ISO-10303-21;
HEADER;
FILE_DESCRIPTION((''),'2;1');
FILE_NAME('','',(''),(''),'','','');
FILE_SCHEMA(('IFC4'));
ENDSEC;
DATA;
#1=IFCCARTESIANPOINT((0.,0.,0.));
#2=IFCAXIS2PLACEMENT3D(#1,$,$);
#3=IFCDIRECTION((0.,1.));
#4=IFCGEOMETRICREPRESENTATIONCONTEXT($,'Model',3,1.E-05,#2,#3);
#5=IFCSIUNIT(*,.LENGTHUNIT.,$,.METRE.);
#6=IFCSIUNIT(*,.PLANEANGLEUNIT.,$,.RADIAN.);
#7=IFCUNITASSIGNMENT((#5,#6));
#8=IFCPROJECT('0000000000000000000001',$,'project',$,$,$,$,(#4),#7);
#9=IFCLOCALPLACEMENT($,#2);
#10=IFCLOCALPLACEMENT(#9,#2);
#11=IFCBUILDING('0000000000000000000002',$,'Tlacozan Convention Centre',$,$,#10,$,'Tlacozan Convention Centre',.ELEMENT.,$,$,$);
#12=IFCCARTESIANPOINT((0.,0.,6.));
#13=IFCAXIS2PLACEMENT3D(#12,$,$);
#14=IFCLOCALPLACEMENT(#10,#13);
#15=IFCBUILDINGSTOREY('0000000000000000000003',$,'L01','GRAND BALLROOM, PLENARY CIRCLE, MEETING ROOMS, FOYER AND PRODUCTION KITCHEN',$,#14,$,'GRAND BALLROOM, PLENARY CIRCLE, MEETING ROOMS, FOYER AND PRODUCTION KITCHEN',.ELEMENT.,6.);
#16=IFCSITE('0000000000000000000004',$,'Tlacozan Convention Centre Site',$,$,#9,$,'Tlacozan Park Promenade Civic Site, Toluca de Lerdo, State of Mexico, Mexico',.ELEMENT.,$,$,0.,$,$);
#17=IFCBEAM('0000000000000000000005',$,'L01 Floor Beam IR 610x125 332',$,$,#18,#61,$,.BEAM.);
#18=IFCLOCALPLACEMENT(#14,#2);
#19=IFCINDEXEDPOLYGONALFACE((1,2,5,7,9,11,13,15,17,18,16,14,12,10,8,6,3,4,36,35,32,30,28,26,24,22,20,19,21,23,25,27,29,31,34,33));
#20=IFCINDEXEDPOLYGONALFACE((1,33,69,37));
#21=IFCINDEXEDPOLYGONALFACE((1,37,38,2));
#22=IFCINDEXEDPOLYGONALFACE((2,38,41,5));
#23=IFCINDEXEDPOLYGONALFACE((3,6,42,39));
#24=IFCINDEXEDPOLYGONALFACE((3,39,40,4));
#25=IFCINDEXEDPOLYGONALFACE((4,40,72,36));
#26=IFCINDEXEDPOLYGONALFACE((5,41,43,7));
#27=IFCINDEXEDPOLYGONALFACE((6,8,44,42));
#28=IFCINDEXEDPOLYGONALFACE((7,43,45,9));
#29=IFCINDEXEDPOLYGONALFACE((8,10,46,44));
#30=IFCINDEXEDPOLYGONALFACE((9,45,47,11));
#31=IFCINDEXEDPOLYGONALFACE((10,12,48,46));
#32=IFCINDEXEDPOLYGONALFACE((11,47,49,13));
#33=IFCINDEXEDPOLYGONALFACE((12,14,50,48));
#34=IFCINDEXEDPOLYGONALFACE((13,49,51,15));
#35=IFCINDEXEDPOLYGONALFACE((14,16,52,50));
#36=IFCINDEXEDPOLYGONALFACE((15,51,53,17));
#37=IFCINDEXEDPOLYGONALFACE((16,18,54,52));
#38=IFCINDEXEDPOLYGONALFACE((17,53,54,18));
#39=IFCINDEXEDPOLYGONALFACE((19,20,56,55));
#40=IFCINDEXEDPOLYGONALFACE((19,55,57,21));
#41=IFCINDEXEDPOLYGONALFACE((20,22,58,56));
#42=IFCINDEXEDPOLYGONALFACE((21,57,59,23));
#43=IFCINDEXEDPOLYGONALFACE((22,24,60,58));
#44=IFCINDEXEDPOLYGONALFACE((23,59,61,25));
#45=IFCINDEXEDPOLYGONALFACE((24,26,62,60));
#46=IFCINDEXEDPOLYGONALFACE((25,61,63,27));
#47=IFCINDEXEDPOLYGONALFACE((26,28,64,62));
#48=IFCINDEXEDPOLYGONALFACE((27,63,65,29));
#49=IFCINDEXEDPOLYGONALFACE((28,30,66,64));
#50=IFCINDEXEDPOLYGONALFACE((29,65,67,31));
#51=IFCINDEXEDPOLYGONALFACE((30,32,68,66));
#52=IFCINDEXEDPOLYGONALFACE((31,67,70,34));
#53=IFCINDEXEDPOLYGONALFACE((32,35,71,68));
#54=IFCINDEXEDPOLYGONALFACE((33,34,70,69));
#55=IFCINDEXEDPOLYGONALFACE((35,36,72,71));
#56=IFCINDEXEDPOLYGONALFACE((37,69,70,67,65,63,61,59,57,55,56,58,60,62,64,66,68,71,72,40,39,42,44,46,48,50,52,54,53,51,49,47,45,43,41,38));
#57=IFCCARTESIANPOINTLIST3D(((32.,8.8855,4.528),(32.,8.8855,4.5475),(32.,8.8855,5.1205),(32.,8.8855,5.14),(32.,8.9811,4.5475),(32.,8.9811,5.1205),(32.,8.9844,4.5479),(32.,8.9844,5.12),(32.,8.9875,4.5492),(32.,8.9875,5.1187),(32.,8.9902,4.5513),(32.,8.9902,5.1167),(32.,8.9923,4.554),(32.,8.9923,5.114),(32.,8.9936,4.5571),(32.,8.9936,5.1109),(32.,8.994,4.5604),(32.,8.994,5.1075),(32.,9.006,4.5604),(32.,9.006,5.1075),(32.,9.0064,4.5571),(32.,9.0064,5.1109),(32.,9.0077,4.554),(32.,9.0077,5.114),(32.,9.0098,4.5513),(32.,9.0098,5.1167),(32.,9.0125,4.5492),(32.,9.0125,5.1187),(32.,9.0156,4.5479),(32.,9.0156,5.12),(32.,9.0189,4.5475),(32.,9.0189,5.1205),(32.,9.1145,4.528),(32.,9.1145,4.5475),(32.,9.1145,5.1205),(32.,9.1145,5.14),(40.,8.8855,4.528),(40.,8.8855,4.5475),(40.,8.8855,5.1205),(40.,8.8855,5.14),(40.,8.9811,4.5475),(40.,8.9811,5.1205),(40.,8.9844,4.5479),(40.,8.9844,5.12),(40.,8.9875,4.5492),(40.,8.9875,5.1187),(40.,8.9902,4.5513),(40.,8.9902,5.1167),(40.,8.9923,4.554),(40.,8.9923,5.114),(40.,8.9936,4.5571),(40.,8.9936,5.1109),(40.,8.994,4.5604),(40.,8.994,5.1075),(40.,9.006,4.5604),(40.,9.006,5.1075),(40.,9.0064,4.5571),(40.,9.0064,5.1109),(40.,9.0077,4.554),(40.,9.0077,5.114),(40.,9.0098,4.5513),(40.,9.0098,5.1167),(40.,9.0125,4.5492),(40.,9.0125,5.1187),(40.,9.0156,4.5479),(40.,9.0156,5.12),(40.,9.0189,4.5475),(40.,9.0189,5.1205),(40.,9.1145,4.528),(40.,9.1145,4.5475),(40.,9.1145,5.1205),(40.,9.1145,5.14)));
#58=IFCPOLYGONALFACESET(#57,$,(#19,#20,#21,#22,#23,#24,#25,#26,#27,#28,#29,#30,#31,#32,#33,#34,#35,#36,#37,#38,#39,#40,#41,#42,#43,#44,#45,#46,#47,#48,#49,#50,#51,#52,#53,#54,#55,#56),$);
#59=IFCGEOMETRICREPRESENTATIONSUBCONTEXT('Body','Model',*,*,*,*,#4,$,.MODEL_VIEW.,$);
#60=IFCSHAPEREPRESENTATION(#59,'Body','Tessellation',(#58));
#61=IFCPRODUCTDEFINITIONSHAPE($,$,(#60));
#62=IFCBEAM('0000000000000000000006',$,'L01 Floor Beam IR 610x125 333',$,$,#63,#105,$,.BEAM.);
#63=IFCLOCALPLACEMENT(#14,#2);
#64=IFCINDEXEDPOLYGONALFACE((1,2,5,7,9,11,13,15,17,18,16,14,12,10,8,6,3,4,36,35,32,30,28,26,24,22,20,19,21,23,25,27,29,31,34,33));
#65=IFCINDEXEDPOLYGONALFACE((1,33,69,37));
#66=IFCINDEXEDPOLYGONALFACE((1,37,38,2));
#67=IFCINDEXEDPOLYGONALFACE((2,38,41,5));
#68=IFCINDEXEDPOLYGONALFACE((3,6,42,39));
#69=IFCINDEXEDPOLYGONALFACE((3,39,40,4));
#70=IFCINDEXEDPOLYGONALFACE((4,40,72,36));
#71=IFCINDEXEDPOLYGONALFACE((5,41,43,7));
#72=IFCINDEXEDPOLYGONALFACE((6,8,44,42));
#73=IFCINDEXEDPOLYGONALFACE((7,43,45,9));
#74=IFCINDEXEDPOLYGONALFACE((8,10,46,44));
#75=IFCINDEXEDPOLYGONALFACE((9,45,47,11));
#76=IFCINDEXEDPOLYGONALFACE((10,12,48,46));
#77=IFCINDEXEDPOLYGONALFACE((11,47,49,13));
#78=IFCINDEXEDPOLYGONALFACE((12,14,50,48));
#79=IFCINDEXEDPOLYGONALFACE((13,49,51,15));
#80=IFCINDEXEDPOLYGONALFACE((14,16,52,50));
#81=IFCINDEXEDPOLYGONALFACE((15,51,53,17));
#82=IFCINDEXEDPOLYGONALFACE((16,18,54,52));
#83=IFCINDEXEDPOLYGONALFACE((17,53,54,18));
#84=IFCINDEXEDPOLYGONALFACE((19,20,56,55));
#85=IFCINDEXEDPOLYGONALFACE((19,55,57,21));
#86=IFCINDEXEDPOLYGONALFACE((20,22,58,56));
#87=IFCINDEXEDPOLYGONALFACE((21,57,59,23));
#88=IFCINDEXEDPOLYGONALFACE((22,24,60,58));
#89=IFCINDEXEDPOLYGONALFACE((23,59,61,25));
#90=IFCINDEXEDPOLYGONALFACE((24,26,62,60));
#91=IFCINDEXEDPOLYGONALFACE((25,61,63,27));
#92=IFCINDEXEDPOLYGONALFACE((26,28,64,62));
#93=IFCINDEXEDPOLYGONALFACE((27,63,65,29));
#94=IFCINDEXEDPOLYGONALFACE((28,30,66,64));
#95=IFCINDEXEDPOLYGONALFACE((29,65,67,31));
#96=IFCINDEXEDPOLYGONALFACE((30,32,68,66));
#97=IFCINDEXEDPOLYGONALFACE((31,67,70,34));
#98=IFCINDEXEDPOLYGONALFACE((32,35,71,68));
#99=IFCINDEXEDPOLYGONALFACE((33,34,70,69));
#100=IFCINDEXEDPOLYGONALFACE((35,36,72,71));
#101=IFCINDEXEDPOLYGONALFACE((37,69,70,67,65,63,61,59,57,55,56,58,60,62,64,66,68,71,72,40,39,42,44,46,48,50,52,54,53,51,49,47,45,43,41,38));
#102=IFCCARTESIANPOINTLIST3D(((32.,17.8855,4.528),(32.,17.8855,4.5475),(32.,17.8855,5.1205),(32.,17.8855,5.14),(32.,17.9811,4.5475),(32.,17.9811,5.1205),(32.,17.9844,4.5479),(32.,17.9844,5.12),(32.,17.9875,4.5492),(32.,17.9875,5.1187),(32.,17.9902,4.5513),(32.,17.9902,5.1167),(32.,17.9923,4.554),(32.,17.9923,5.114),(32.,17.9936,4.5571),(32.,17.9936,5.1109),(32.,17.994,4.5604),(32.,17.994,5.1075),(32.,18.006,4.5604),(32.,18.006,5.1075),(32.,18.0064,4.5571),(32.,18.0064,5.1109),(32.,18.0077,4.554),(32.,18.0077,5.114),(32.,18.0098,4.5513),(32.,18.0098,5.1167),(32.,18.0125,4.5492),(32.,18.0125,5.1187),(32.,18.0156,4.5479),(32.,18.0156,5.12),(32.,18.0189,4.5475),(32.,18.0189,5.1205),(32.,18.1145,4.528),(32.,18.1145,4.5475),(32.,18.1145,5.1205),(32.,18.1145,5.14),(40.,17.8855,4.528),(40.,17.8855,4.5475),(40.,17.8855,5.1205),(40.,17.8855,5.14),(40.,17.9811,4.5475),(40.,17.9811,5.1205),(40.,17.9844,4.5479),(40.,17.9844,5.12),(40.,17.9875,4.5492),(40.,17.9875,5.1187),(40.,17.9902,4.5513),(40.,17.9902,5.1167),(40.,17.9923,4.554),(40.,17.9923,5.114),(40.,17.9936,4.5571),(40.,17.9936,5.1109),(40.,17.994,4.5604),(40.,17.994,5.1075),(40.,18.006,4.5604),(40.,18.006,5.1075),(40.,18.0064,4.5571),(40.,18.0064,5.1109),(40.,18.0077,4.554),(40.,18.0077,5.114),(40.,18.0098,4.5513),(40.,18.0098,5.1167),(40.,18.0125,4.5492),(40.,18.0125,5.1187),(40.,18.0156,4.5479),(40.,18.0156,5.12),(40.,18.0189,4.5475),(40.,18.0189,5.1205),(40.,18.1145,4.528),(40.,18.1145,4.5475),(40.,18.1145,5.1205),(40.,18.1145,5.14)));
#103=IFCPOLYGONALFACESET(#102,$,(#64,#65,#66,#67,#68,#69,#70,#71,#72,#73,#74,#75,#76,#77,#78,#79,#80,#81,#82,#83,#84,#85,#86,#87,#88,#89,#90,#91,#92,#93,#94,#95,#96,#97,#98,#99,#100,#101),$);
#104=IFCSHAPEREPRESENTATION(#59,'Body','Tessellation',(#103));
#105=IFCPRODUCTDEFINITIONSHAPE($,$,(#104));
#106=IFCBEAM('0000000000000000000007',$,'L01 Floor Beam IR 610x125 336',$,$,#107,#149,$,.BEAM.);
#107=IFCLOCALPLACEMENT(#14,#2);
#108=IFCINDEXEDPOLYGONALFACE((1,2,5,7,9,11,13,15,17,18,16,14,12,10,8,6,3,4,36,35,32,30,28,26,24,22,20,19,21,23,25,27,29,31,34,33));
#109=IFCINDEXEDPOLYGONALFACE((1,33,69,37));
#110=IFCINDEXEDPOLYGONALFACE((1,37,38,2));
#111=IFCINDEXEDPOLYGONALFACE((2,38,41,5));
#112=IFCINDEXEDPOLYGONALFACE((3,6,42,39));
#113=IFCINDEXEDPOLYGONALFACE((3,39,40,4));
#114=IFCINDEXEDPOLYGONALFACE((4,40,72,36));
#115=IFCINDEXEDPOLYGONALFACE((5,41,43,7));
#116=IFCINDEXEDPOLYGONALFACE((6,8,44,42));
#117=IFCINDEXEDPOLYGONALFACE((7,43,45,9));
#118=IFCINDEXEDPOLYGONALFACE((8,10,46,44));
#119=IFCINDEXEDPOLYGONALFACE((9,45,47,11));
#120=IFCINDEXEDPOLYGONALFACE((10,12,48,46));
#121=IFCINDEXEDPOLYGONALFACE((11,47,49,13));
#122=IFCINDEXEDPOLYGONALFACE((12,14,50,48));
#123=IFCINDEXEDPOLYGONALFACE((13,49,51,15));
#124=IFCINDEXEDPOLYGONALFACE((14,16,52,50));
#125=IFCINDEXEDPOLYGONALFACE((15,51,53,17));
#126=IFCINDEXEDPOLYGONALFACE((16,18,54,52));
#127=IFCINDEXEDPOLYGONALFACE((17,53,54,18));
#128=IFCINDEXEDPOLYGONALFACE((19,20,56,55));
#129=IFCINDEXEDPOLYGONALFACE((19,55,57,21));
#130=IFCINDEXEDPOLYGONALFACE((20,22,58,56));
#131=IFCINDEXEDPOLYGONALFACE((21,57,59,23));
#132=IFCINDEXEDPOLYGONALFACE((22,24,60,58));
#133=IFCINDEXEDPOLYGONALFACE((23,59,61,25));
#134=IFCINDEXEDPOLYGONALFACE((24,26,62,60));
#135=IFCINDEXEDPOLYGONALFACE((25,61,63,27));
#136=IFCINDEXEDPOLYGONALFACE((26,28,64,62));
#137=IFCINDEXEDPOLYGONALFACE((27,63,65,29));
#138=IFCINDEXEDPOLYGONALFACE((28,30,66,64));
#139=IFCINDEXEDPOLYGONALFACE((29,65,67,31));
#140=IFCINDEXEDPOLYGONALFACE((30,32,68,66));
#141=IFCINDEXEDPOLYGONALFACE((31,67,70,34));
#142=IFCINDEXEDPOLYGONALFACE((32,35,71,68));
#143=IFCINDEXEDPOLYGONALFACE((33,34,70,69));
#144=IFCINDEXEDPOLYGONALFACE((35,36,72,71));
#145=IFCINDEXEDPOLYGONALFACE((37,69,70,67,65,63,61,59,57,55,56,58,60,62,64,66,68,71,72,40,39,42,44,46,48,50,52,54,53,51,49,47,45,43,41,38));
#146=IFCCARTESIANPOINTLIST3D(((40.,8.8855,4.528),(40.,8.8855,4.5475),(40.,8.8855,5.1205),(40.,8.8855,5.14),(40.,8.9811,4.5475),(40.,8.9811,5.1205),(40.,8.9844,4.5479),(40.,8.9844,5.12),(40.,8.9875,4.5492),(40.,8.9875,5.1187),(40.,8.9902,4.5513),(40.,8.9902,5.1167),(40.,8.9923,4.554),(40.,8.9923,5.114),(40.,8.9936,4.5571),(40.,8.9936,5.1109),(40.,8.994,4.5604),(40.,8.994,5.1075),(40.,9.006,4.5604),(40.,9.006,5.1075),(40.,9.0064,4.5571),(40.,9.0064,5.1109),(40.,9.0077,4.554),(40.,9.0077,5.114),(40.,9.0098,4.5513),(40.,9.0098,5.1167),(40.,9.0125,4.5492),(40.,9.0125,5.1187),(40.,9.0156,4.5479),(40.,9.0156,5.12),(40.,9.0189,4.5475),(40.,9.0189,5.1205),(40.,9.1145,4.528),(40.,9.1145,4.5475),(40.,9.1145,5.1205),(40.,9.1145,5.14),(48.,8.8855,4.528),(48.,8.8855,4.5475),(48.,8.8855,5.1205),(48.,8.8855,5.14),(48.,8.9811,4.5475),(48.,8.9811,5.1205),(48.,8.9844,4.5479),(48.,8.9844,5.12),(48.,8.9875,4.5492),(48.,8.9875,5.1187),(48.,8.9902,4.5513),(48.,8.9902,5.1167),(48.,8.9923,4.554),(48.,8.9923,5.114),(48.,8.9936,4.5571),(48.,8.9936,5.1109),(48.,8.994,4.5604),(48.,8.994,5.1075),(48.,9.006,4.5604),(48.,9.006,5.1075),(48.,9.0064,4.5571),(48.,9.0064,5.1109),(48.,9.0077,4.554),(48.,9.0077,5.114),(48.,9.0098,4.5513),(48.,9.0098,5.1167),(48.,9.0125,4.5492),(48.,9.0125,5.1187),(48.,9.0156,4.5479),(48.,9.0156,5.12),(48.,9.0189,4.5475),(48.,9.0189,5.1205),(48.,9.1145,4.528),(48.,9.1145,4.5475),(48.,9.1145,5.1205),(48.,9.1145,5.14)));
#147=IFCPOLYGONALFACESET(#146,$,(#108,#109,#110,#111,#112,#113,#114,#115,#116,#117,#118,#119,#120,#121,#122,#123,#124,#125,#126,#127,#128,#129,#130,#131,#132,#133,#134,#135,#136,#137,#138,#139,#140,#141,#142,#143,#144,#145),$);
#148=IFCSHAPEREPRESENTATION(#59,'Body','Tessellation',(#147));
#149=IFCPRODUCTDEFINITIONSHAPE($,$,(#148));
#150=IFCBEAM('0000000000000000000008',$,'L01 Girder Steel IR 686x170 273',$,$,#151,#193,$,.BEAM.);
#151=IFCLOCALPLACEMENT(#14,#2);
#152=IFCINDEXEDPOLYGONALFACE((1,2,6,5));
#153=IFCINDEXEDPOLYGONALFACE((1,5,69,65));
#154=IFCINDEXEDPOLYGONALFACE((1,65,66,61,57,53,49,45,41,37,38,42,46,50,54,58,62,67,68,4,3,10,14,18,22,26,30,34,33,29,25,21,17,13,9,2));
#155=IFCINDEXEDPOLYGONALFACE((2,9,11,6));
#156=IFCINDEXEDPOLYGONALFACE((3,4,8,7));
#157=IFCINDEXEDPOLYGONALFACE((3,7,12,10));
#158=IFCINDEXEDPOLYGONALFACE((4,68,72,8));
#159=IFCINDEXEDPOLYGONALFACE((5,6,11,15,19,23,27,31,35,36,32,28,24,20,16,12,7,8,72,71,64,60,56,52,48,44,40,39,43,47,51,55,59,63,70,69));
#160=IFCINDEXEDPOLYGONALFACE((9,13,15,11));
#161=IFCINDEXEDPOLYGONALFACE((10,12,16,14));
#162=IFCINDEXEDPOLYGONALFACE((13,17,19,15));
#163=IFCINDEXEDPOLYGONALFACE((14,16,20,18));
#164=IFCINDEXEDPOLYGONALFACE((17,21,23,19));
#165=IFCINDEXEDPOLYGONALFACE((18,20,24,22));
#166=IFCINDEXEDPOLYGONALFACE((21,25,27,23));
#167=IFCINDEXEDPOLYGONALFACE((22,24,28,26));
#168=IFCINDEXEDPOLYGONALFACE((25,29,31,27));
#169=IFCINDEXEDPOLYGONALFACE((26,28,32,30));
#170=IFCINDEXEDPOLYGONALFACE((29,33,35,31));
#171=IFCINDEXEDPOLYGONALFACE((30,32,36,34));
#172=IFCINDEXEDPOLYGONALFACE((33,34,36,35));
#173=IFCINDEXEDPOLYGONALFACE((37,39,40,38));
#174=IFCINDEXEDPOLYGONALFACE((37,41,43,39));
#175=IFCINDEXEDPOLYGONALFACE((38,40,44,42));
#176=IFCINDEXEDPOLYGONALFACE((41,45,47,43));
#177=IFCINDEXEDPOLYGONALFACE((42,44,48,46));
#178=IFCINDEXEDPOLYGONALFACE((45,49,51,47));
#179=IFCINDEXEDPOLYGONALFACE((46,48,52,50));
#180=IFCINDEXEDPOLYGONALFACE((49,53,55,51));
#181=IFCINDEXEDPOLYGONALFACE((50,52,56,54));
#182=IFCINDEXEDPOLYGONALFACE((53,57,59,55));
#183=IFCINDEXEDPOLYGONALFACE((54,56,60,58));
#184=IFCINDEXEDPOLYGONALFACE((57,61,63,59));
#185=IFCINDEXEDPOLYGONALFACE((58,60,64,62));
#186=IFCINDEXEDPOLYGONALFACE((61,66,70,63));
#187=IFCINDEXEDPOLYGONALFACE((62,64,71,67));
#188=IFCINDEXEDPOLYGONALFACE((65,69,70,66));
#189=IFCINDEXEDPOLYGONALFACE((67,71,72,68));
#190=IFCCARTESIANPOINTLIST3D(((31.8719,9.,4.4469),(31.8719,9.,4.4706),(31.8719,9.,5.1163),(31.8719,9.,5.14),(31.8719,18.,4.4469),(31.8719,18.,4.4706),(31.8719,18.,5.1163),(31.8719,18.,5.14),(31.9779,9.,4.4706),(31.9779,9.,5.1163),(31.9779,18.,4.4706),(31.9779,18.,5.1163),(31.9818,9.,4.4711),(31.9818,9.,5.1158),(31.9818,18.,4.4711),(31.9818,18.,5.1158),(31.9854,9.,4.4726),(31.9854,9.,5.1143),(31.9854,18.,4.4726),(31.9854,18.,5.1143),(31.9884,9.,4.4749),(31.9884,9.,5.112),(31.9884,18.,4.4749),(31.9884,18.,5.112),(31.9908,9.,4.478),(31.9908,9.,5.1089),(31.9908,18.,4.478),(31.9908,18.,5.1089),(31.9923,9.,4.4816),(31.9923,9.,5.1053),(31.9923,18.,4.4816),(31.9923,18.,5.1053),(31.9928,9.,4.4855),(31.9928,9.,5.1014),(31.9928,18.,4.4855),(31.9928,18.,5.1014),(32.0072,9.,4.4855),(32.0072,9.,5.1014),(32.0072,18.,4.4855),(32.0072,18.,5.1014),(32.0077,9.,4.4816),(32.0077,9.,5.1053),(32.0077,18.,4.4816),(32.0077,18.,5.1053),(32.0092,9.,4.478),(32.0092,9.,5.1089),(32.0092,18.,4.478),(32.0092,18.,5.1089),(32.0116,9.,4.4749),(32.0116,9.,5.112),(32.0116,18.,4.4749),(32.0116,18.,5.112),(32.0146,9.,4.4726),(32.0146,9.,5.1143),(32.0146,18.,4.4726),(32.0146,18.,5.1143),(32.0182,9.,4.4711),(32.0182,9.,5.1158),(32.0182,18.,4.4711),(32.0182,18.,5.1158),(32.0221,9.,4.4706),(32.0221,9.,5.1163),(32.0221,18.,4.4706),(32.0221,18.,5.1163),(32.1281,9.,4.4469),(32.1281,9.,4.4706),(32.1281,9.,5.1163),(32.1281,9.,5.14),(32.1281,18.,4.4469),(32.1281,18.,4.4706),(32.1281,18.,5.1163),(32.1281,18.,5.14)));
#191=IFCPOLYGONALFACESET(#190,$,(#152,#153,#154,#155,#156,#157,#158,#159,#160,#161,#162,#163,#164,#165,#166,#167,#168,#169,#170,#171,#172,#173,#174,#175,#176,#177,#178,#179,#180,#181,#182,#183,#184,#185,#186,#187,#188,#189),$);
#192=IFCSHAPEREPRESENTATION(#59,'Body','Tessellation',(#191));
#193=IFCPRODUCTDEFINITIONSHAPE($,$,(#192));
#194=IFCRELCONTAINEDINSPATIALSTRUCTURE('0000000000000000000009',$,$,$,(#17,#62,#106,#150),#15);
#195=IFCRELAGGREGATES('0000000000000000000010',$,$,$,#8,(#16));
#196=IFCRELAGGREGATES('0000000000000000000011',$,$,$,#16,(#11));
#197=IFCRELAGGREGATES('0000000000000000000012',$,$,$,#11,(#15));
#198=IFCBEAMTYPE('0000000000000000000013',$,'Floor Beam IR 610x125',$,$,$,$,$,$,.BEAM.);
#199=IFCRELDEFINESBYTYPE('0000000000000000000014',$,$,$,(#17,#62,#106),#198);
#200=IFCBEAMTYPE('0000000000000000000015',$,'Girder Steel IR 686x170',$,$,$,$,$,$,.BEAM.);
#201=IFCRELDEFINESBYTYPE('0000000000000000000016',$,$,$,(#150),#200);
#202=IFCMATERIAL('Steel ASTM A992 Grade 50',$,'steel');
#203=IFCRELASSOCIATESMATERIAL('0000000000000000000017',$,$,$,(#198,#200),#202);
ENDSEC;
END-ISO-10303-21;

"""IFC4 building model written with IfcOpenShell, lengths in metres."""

from ifc_helpers import new_model, si_unit, direction, frame, origin, origin_2d, place, context, subcontext, project, spatial, i_section, extrude, material, material_profile, profile_set, type_object, element, save


model = new_model("IFC4")

# Units and contexts
model_context = context("Model", 3, precision=1e-05, world=origin(), true_north=direction((0.0, 1.0)))
body_context = subcontext(model_context, "Body", "Model", "MODEL_VIEW")
ifc_project = project(units=[si_unit("LENGTHUNIT", "METRE"), si_unit("PLANEANGLEUNIT", "RADIAN")], contexts=[model_context])

# Site, building, storey
site_placement = place(None, origin())
site = spatial("IfcSite", under=ifc_project, at=site_placement, Name="Tlacozan Convention Centre Site", LongName="Tlacozan Park Promenade Civic Site, Toluca de Lerdo, State of Mexico, Mexico", CompositionType="ELEMENT", RefElevation=0.0)
building_placement = place(site_placement, origin())
building = spatial("IfcBuilding", under=site, at=building_placement, Name="Tlacozan Convention Centre", LongName="Tlacozan Convention Centre", CompositionType="ELEMENT")
storey_placement = place(building_placement, frame((0.0, 0.0, 6.0)))
storey = spatial("IfcBuildingStorey", under=building, at=storey_placement, Name="L01", Description="GRAND BALLROOM, PLENARY CIRCLE, MEETING ROOMS, FOYER AND PRODUCTION KITCHEN", LongName="GRAND BALLROOM, PLENARY CIRCLE, MEETING ROOMS, FOYER AND PRODUCTION KITCHEN", CompositionType="ELEMENT", Elevation=6.0)

# Beams
ifc_material_1 = material(Name="Steel ASTM A992 Grade 50", Category="steel")
ifc_material_profile_1 = material_profile(ifc_material_1, i_section(OverallWidth=0.229, OverallDepth=0.6121, WebThickness=0.012, FlangeThickness=0.0195, FilletRadius=0.0129, at=origin_2d()), Name="IR 610x125.0")
ifc_profile_set_1 = profile_set([ifc_material_profile_1], Name="Steel ASTM A992 Grade 50")
beam_type_1 = type_object("IfcBeamType", Name="Floor Beam IR 610x125", PredefinedType="BEAM", material=ifc_profile_set_1)
for number, where, z_axis, x_axis, name in (
    (1, (32.0, 9.0, 4.834), (1.0, 0.0, 0.0), (0.0, 1.0, 0.0), "L01 Floor Beam IR 610x125 332"),
    (2, (32.0, 18.0, 4.834), (1.0, 0.0, 0.0), (0.0, 1.0, 0.0), "L01 Floor Beam IR 610x125 333"),
    (3, (40.0, 9.0, 4.834), (1.0, 0.0, 0.0), (0.0, 1.0, 0.0), "L01 Floor Beam IR 610x125 336"),
):
    element("IfcBeam", number, at=place(storey_placement, frame(where, z_axis=z_axis, x_axis=x_axis)), inside=storey, type_object=beam_type_1, Name=name, PredefinedType="BEAM", context=body_context, shape_type="SweptSolid", body=[
        extrude(i_section(OverallWidth=0.229, OverallDepth=0.6121, WebThickness=0.012, FlangeThickness=0.0195, FilletRadius=0.0129, at=origin_2d()), origin(), (0.0, 0.0, 1.0), 8.0),
    ])
ifc_material_profile_2 = material_profile(ifc_material_1, i_section(OverallWidth=0.2561, OverallDepth=0.6931, WebThickness=0.0144, FlangeThickness=0.0237, FilletRadius=0.0149, at=origin_2d()), Name="IR 686x170.0")
ifc_profile_set_2 = profile_set([ifc_material_profile_2], Name="Steel ASTM A992 Grade 50")
beam_type_2 = type_object("IfcBeamType", Name="Girder Steel IR 686x170", PredefinedType="BEAM", material=ifc_profile_set_2)
for number, where, z_axis, x_axis, name in (
    (4, (32.0, 9.0, 4.7935), (0.0, 1.0, 0.0), (-1.0, 0.0, 0.0), "L01 Girder Steel IR 686x170 273"),
):
    element("IfcBeam", number, at=place(storey_placement, frame(where, z_axis=z_axis, x_axis=x_axis)), inside=storey, type_object=beam_type_2, Name=name, PredefinedType="BEAM", context=body_context, shape_type="SweptSolid", body=[
        extrude(i_section(OverallWidth=0.2561, OverallDepth=0.6931, WebThickness=0.0144, FlangeThickness=0.0237, FilletRadius=0.0149, at=origin_2d()), origin(), (0.0, 0.0, 1.0), 9.0),
    ])

save(model, "model.ifc")
